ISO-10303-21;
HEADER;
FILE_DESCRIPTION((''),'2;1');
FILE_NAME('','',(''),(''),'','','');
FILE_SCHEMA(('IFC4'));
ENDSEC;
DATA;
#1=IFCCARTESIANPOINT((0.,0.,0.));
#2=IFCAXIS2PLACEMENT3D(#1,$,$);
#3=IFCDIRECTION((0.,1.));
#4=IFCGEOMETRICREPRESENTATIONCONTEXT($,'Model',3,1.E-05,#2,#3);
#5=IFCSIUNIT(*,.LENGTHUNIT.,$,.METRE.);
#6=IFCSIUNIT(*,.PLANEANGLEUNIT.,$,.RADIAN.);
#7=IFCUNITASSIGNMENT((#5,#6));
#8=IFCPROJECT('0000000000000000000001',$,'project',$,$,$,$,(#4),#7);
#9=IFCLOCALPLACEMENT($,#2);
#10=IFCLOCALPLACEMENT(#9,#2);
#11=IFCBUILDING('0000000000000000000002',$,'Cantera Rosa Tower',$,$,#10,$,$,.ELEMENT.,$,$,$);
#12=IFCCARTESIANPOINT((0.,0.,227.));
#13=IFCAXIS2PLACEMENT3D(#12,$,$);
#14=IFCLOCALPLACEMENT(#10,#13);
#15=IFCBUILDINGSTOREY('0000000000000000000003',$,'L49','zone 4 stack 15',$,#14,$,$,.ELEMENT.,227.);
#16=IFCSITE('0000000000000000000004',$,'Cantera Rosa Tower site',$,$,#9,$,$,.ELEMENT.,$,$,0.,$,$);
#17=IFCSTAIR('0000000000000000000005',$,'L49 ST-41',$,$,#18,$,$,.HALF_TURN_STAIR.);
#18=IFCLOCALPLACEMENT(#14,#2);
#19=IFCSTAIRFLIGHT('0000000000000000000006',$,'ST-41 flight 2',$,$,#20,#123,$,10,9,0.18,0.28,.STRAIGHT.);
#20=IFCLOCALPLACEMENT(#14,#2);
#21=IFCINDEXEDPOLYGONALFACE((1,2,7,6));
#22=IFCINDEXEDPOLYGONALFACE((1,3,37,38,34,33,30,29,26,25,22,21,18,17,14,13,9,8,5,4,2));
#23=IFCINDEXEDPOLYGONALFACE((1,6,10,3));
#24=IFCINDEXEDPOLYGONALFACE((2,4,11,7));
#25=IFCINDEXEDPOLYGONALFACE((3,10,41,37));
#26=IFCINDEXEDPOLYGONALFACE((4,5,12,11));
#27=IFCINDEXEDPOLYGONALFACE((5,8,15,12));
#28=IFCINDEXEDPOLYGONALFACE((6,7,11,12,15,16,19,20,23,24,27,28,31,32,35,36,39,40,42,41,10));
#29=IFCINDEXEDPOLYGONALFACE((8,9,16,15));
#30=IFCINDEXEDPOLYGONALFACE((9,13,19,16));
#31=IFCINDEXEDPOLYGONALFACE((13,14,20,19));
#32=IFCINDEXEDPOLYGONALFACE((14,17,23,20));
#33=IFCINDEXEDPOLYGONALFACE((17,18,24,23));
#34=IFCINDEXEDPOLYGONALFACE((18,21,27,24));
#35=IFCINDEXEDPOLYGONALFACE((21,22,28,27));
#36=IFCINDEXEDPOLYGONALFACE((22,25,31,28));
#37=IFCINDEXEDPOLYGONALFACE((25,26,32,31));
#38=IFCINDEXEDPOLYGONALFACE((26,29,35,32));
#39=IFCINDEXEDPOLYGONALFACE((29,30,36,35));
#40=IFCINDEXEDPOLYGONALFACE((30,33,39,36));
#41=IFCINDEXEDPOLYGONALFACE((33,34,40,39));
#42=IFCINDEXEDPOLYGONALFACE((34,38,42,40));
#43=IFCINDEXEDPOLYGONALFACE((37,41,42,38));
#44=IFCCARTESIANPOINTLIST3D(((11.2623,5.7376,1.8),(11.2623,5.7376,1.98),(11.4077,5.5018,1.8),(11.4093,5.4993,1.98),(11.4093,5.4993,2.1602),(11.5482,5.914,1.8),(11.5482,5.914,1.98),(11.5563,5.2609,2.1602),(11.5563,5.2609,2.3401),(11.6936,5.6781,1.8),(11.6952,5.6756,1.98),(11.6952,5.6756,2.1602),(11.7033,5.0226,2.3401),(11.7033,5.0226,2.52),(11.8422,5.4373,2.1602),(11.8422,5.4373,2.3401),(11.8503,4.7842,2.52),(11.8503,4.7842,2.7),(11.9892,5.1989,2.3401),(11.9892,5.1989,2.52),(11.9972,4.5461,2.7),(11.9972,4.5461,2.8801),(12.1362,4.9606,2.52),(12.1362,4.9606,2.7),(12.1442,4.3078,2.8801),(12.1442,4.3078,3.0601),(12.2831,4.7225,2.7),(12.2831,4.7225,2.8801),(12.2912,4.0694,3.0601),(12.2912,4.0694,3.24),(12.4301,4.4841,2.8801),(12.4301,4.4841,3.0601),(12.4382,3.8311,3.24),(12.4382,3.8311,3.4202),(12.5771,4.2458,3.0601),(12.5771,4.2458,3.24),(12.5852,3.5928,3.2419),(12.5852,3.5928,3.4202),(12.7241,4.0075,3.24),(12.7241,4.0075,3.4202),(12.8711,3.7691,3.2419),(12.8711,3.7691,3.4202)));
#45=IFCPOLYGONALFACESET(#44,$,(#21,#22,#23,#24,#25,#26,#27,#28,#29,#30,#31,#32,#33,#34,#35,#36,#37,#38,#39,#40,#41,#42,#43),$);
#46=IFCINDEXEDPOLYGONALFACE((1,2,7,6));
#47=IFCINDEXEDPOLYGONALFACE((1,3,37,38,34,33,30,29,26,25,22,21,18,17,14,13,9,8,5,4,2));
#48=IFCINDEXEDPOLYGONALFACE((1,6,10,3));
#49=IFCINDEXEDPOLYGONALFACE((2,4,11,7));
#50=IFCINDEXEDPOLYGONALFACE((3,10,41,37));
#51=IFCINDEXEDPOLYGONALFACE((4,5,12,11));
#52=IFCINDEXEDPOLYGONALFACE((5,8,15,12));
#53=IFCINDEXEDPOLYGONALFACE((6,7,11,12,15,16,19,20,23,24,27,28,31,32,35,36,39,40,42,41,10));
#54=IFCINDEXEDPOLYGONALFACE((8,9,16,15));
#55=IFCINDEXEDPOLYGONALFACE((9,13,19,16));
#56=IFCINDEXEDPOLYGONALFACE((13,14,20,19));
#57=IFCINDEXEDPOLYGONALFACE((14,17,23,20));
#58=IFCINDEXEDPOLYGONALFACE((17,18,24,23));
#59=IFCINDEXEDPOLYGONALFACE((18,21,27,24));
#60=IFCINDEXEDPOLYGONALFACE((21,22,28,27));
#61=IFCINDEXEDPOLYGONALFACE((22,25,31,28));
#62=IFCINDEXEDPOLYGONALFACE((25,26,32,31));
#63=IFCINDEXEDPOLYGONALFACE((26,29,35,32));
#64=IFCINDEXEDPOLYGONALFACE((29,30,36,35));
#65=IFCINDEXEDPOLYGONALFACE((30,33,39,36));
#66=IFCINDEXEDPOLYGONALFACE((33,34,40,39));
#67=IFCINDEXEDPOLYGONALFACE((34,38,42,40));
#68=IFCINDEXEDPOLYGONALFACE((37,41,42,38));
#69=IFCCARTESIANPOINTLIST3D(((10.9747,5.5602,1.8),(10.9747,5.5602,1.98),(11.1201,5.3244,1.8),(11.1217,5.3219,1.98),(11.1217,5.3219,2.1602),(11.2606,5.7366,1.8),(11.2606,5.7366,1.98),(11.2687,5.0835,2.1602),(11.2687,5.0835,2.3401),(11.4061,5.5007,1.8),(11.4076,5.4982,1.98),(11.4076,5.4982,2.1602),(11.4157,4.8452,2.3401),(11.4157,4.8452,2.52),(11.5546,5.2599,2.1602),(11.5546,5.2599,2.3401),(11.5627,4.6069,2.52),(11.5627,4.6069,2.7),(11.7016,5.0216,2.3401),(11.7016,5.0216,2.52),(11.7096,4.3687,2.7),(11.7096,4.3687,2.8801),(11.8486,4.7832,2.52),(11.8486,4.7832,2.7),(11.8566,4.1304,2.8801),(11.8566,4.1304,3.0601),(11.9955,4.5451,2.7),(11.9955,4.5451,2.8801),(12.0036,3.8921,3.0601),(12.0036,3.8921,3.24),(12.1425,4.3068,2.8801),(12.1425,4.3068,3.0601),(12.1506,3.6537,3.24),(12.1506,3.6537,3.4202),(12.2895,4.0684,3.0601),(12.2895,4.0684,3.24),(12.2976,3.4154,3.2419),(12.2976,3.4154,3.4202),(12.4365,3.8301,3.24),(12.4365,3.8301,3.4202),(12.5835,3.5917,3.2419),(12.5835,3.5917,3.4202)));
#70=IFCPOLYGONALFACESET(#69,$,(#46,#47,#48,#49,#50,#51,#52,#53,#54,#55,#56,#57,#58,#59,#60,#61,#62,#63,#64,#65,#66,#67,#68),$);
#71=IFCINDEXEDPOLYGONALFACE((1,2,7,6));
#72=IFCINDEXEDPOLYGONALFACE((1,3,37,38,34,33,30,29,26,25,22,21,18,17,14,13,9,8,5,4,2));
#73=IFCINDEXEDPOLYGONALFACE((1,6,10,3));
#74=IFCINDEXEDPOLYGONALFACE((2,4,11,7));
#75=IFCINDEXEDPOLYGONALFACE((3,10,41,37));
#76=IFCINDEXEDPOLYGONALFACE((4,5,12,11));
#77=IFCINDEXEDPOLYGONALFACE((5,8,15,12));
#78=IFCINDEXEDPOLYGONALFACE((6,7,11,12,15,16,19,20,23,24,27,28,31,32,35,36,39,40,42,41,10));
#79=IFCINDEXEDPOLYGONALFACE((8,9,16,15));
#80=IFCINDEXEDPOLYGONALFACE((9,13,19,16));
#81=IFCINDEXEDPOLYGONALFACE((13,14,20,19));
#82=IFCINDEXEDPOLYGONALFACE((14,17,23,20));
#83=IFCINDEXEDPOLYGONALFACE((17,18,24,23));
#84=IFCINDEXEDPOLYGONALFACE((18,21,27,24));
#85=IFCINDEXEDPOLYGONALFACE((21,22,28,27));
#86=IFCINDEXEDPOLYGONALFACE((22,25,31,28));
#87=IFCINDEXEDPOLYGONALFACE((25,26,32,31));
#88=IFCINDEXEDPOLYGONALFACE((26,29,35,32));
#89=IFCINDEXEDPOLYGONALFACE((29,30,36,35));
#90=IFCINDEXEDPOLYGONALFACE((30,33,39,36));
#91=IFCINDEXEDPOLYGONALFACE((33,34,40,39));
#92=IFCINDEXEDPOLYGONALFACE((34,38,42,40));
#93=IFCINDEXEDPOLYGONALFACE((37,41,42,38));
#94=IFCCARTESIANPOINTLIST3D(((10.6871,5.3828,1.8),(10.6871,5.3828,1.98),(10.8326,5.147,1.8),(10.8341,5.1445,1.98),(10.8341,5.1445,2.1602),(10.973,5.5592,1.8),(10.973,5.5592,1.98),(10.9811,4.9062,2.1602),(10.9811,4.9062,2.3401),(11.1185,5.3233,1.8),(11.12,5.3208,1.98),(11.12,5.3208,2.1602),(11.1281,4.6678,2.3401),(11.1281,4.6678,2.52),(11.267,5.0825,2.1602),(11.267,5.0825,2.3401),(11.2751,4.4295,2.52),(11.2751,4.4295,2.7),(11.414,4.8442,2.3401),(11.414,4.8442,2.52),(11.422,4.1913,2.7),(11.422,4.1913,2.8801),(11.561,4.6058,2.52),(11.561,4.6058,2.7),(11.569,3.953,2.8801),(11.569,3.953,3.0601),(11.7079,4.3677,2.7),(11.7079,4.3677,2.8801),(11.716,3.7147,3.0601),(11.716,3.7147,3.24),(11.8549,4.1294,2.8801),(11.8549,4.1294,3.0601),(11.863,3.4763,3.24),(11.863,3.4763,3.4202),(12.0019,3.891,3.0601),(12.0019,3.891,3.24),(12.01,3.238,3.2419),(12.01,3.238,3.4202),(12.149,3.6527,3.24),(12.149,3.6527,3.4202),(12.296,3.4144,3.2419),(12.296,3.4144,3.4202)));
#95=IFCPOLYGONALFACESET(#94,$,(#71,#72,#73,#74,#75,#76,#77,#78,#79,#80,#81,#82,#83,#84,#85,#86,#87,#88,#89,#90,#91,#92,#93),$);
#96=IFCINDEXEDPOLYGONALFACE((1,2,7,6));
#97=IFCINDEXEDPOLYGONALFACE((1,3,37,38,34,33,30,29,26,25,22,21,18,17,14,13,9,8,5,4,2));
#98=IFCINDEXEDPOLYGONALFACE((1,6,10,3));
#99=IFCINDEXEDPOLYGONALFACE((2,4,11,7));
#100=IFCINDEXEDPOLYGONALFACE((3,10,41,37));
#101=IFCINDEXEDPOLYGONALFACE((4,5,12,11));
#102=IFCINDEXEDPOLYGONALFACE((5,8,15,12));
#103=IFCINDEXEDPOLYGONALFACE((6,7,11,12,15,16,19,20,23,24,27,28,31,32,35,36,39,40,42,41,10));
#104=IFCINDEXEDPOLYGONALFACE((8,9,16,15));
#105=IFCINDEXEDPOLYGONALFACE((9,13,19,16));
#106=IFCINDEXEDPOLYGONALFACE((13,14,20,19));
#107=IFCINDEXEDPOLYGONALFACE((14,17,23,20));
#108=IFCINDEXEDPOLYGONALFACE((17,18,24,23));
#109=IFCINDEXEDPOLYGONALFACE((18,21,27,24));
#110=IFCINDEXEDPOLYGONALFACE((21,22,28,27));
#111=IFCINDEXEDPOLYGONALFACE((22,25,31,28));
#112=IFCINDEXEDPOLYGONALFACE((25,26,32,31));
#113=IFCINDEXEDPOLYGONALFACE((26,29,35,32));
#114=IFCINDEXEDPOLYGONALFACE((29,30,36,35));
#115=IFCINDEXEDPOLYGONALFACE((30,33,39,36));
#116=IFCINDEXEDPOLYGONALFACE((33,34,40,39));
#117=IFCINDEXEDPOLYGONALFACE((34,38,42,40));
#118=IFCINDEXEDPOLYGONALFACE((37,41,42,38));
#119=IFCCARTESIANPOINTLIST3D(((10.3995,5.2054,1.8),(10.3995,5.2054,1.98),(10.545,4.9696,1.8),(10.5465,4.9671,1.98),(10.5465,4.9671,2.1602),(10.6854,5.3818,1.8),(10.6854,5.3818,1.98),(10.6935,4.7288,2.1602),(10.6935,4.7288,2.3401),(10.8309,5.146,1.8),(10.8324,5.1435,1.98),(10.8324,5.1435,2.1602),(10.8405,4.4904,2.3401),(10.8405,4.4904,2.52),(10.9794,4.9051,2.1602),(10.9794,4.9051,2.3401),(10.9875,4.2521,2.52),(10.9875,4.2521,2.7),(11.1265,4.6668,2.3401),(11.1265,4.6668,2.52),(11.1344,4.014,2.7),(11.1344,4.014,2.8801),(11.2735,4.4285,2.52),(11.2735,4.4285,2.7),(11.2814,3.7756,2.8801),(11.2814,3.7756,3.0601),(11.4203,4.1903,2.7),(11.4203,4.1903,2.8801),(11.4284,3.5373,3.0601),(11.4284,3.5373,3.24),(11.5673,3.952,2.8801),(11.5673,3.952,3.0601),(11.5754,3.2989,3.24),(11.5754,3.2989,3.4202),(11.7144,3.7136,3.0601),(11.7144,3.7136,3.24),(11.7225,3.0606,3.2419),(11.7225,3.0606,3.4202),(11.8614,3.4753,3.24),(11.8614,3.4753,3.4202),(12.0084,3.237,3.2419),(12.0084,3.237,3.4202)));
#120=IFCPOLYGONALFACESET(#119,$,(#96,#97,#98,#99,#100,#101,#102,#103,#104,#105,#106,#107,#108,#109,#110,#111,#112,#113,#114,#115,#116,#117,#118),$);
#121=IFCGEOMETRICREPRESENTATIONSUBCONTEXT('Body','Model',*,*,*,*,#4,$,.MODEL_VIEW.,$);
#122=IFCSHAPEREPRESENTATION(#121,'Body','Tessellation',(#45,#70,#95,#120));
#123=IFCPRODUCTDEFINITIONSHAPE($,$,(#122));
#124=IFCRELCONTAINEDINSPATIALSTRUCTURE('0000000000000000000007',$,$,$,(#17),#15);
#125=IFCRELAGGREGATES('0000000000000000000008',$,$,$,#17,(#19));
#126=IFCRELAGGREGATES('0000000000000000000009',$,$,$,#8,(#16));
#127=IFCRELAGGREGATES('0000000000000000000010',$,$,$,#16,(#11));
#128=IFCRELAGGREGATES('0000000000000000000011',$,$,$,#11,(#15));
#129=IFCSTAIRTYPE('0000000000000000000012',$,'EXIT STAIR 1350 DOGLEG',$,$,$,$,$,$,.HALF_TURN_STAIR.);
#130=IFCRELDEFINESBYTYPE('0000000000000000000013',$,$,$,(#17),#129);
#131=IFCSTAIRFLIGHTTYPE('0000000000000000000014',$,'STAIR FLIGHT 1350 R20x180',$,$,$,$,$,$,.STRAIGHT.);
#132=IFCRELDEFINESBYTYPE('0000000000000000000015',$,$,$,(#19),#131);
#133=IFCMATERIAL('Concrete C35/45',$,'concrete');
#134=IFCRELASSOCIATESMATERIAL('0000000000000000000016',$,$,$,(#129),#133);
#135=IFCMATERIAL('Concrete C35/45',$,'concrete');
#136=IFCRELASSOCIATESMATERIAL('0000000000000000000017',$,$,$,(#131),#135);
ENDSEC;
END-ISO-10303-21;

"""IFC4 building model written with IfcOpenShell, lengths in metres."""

from ifc_helpers import new_model, si_unit, direction, frame, origin, place, context, subcontext, project, spatial, polyline, outline, extrude, material, type_object, element, aggregate, save


model = new_model("IFC4")

# Units and contexts
model_context = context("Model", 3, precision=1e-05, world=origin(), true_north=direction((0.0, 1.0)))
body_context = subcontext(model_context, "Body", "Model", "MODEL_VIEW")
ifc_project = project(units=[si_unit("LENGTHUNIT", "METRE"), si_unit("PLANEANGLEUNIT", "RADIAN")], contexts=[model_context])

# Site, building, storey
site_placement = place(None, origin())
site = spatial("IfcSite", under=ifc_project, at=site_placement, Name="Cantera Rosa Tower site", CompositionType="ELEMENT", RefElevation=0.0)
building_placement = place(site_placement, origin())
building = spatial("IfcBuilding", under=site, at=building_placement, Name="Cantera Rosa Tower", CompositionType="ELEMENT")
storey_placement = place(building_placement, frame((0.0, 0.0, 227.0)))
storey = spatial("IfcBuildingStorey", under=building, at=storey_placement, Name="L49", Description="zone 4 stack 15", CompositionType="ELEMENT", Elevation=227.0)

# Stair, stair flight
ifc_material_1 = material(Name="Concrete C35/45", Category="concrete")
stair_type = type_object("IfcStairType", Name="EXIT STAIR 1350 DOGLEG", PredefinedType="HALF_TURN_STAIR", material=ifc_material_1)
stair_placement = place(storey_placement, origin())
stair = element("IfcStair", 1, at=stair_placement, inside=storey, type_object=stair_type, Name="L49 ST-41", PredefinedType="HALF_TURN_STAIR")
ifc_material_2 = material(Name="Concrete C35/45", Category="concrete")
stair_flight_type = type_object("IfcStairFlightType", Name="STAIR FLIGHT 1350 R20x180", PredefinedType="STRAIGHT", material=ifc_material_2)
stair_flight_1_placement = place(storey_placement, frame((10.9736, 5.5596, 1.8), z_axis=(0.0, 0.0, 1.0), x_axis=(0.524977, -0.851117, 0.0)))
stair_flight_1 = element("IfcStairFlight", 2, at=stair_flight_1_placement, type_object=stair_flight_type, Name="ST-41 flight 2", NumberOfRisers=10, NumberOfTreads=9, PredefinedType="STRAIGHT", RiserHeight=0.18, TreadLength=0.28, context=body_context, shape_type="SweptSolid", body=[
    extrude(outline(polyline([(0.0, 0.0), (0.0, 0.1799), (0.28, 0.1799), (0.28, 0.3601), (0.5601, 0.3601), (0.5601, 0.54), (0.8401, 0.54), (0.8401, 0.72), (1.1201, 0.72), (1.1201, 0.8999), (1.3999, 0.8999), (1.3999, 1.0801), (1.6799, 1.0801), (1.6799, 1.26), (1.96, 1.26), (1.96, 1.4399), (2.24, 1.4399), (2.24, 1.6201), (2.52, 1.6201), (2.52, 1.8), (2.52, 1.4419), (0.2771, 0.0), (0.0, 0.0)])), frame((0.0, 0.675, 0.0), z_axis=(0.0, -1.0, 0.0), x_axis=(1.0, 0.0, 0.0)), (0.0, 0.0, 1.0), 0.3359),
    extrude(outline(polyline([(0.0, 0.0), (0.0, 0.1799), (0.28, 0.1799), (0.28, 0.3601), (0.5601, 0.3601), (0.5601, 0.54), (0.8401, 0.54), (0.8401, 0.72), (1.1201, 0.72), (1.1201, 0.8999), (1.3999, 0.8999), (1.3999, 1.0801), (1.6799, 1.0801), (1.6799, 1.26), (1.96, 1.26), (1.96, 1.4399), (2.24, 1.4399), (2.24, 1.6201), (2.52, 1.6201), (2.52, 1.8), (2.52, 1.4419), (0.2771, 0.0), (0.0, 0.0)])), frame((0.0, 0.3372, 0.0), z_axis=(0.0, -1.0, 0.0), x_axis=(1.0, 0.0, 0.0)), (0.0, 0.0, 1.0), 0.3359),
    extrude(outline(polyline([(0.0, 0.0), (0.0, 0.1799), (0.28, 0.1799), (0.28, 0.3601), (0.5601, 0.3601), (0.5601, 0.54), (0.8401, 0.54), (0.8401, 0.72), (1.1201, 0.72), (1.1201, 0.8999), (1.3999, 0.8999), (1.3999, 1.0801), (1.6799, 1.0801), (1.6799, 1.26), (1.96, 1.26), (1.96, 1.4399), (2.24, 1.4399), (2.24, 1.6201), (2.52, 1.6201), (2.52, 1.8), (2.52, 1.4419), (0.2771, 0.0), (0.0, 0.0)])), frame((0.0, -0.0007, 0.0), z_axis=(0.0, -1.0, 0.0), x_axis=(1.0, 0.0, 0.0)), (0.0, 0.0, 1.0), 0.3359),
    extrude(outline(polyline([(0.0, 0.0), (0.0, 0.1799), (0.28, 0.1799), (0.28, 0.3601), (0.5601, 0.3601), (0.5601, 0.54), (0.8401, 0.54), (0.8401, 0.72), (1.1201, 0.72), (1.1201, 0.8999), (1.3999, 0.8999), (1.3999, 1.0801), (1.6799, 1.0801), (1.6799, 1.26), (1.96, 1.26), (1.96, 1.4399), (2.24, 1.4399), (2.24, 1.6201), (2.52, 1.6201), (2.52, 1.8), (2.52, 1.4419), (0.2771, 0.0), (0.0, 0.0)])), frame((0.0, -0.3386, 0.0), z_axis=(0.0, -1.0, 0.0), x_axis=(1.0, 0.0, 0.0)), (0.0, 0.0, 1.0), 0.3359),
])
aggregate(stair, [stair_flight_1])

save(model, "model.ifc")
